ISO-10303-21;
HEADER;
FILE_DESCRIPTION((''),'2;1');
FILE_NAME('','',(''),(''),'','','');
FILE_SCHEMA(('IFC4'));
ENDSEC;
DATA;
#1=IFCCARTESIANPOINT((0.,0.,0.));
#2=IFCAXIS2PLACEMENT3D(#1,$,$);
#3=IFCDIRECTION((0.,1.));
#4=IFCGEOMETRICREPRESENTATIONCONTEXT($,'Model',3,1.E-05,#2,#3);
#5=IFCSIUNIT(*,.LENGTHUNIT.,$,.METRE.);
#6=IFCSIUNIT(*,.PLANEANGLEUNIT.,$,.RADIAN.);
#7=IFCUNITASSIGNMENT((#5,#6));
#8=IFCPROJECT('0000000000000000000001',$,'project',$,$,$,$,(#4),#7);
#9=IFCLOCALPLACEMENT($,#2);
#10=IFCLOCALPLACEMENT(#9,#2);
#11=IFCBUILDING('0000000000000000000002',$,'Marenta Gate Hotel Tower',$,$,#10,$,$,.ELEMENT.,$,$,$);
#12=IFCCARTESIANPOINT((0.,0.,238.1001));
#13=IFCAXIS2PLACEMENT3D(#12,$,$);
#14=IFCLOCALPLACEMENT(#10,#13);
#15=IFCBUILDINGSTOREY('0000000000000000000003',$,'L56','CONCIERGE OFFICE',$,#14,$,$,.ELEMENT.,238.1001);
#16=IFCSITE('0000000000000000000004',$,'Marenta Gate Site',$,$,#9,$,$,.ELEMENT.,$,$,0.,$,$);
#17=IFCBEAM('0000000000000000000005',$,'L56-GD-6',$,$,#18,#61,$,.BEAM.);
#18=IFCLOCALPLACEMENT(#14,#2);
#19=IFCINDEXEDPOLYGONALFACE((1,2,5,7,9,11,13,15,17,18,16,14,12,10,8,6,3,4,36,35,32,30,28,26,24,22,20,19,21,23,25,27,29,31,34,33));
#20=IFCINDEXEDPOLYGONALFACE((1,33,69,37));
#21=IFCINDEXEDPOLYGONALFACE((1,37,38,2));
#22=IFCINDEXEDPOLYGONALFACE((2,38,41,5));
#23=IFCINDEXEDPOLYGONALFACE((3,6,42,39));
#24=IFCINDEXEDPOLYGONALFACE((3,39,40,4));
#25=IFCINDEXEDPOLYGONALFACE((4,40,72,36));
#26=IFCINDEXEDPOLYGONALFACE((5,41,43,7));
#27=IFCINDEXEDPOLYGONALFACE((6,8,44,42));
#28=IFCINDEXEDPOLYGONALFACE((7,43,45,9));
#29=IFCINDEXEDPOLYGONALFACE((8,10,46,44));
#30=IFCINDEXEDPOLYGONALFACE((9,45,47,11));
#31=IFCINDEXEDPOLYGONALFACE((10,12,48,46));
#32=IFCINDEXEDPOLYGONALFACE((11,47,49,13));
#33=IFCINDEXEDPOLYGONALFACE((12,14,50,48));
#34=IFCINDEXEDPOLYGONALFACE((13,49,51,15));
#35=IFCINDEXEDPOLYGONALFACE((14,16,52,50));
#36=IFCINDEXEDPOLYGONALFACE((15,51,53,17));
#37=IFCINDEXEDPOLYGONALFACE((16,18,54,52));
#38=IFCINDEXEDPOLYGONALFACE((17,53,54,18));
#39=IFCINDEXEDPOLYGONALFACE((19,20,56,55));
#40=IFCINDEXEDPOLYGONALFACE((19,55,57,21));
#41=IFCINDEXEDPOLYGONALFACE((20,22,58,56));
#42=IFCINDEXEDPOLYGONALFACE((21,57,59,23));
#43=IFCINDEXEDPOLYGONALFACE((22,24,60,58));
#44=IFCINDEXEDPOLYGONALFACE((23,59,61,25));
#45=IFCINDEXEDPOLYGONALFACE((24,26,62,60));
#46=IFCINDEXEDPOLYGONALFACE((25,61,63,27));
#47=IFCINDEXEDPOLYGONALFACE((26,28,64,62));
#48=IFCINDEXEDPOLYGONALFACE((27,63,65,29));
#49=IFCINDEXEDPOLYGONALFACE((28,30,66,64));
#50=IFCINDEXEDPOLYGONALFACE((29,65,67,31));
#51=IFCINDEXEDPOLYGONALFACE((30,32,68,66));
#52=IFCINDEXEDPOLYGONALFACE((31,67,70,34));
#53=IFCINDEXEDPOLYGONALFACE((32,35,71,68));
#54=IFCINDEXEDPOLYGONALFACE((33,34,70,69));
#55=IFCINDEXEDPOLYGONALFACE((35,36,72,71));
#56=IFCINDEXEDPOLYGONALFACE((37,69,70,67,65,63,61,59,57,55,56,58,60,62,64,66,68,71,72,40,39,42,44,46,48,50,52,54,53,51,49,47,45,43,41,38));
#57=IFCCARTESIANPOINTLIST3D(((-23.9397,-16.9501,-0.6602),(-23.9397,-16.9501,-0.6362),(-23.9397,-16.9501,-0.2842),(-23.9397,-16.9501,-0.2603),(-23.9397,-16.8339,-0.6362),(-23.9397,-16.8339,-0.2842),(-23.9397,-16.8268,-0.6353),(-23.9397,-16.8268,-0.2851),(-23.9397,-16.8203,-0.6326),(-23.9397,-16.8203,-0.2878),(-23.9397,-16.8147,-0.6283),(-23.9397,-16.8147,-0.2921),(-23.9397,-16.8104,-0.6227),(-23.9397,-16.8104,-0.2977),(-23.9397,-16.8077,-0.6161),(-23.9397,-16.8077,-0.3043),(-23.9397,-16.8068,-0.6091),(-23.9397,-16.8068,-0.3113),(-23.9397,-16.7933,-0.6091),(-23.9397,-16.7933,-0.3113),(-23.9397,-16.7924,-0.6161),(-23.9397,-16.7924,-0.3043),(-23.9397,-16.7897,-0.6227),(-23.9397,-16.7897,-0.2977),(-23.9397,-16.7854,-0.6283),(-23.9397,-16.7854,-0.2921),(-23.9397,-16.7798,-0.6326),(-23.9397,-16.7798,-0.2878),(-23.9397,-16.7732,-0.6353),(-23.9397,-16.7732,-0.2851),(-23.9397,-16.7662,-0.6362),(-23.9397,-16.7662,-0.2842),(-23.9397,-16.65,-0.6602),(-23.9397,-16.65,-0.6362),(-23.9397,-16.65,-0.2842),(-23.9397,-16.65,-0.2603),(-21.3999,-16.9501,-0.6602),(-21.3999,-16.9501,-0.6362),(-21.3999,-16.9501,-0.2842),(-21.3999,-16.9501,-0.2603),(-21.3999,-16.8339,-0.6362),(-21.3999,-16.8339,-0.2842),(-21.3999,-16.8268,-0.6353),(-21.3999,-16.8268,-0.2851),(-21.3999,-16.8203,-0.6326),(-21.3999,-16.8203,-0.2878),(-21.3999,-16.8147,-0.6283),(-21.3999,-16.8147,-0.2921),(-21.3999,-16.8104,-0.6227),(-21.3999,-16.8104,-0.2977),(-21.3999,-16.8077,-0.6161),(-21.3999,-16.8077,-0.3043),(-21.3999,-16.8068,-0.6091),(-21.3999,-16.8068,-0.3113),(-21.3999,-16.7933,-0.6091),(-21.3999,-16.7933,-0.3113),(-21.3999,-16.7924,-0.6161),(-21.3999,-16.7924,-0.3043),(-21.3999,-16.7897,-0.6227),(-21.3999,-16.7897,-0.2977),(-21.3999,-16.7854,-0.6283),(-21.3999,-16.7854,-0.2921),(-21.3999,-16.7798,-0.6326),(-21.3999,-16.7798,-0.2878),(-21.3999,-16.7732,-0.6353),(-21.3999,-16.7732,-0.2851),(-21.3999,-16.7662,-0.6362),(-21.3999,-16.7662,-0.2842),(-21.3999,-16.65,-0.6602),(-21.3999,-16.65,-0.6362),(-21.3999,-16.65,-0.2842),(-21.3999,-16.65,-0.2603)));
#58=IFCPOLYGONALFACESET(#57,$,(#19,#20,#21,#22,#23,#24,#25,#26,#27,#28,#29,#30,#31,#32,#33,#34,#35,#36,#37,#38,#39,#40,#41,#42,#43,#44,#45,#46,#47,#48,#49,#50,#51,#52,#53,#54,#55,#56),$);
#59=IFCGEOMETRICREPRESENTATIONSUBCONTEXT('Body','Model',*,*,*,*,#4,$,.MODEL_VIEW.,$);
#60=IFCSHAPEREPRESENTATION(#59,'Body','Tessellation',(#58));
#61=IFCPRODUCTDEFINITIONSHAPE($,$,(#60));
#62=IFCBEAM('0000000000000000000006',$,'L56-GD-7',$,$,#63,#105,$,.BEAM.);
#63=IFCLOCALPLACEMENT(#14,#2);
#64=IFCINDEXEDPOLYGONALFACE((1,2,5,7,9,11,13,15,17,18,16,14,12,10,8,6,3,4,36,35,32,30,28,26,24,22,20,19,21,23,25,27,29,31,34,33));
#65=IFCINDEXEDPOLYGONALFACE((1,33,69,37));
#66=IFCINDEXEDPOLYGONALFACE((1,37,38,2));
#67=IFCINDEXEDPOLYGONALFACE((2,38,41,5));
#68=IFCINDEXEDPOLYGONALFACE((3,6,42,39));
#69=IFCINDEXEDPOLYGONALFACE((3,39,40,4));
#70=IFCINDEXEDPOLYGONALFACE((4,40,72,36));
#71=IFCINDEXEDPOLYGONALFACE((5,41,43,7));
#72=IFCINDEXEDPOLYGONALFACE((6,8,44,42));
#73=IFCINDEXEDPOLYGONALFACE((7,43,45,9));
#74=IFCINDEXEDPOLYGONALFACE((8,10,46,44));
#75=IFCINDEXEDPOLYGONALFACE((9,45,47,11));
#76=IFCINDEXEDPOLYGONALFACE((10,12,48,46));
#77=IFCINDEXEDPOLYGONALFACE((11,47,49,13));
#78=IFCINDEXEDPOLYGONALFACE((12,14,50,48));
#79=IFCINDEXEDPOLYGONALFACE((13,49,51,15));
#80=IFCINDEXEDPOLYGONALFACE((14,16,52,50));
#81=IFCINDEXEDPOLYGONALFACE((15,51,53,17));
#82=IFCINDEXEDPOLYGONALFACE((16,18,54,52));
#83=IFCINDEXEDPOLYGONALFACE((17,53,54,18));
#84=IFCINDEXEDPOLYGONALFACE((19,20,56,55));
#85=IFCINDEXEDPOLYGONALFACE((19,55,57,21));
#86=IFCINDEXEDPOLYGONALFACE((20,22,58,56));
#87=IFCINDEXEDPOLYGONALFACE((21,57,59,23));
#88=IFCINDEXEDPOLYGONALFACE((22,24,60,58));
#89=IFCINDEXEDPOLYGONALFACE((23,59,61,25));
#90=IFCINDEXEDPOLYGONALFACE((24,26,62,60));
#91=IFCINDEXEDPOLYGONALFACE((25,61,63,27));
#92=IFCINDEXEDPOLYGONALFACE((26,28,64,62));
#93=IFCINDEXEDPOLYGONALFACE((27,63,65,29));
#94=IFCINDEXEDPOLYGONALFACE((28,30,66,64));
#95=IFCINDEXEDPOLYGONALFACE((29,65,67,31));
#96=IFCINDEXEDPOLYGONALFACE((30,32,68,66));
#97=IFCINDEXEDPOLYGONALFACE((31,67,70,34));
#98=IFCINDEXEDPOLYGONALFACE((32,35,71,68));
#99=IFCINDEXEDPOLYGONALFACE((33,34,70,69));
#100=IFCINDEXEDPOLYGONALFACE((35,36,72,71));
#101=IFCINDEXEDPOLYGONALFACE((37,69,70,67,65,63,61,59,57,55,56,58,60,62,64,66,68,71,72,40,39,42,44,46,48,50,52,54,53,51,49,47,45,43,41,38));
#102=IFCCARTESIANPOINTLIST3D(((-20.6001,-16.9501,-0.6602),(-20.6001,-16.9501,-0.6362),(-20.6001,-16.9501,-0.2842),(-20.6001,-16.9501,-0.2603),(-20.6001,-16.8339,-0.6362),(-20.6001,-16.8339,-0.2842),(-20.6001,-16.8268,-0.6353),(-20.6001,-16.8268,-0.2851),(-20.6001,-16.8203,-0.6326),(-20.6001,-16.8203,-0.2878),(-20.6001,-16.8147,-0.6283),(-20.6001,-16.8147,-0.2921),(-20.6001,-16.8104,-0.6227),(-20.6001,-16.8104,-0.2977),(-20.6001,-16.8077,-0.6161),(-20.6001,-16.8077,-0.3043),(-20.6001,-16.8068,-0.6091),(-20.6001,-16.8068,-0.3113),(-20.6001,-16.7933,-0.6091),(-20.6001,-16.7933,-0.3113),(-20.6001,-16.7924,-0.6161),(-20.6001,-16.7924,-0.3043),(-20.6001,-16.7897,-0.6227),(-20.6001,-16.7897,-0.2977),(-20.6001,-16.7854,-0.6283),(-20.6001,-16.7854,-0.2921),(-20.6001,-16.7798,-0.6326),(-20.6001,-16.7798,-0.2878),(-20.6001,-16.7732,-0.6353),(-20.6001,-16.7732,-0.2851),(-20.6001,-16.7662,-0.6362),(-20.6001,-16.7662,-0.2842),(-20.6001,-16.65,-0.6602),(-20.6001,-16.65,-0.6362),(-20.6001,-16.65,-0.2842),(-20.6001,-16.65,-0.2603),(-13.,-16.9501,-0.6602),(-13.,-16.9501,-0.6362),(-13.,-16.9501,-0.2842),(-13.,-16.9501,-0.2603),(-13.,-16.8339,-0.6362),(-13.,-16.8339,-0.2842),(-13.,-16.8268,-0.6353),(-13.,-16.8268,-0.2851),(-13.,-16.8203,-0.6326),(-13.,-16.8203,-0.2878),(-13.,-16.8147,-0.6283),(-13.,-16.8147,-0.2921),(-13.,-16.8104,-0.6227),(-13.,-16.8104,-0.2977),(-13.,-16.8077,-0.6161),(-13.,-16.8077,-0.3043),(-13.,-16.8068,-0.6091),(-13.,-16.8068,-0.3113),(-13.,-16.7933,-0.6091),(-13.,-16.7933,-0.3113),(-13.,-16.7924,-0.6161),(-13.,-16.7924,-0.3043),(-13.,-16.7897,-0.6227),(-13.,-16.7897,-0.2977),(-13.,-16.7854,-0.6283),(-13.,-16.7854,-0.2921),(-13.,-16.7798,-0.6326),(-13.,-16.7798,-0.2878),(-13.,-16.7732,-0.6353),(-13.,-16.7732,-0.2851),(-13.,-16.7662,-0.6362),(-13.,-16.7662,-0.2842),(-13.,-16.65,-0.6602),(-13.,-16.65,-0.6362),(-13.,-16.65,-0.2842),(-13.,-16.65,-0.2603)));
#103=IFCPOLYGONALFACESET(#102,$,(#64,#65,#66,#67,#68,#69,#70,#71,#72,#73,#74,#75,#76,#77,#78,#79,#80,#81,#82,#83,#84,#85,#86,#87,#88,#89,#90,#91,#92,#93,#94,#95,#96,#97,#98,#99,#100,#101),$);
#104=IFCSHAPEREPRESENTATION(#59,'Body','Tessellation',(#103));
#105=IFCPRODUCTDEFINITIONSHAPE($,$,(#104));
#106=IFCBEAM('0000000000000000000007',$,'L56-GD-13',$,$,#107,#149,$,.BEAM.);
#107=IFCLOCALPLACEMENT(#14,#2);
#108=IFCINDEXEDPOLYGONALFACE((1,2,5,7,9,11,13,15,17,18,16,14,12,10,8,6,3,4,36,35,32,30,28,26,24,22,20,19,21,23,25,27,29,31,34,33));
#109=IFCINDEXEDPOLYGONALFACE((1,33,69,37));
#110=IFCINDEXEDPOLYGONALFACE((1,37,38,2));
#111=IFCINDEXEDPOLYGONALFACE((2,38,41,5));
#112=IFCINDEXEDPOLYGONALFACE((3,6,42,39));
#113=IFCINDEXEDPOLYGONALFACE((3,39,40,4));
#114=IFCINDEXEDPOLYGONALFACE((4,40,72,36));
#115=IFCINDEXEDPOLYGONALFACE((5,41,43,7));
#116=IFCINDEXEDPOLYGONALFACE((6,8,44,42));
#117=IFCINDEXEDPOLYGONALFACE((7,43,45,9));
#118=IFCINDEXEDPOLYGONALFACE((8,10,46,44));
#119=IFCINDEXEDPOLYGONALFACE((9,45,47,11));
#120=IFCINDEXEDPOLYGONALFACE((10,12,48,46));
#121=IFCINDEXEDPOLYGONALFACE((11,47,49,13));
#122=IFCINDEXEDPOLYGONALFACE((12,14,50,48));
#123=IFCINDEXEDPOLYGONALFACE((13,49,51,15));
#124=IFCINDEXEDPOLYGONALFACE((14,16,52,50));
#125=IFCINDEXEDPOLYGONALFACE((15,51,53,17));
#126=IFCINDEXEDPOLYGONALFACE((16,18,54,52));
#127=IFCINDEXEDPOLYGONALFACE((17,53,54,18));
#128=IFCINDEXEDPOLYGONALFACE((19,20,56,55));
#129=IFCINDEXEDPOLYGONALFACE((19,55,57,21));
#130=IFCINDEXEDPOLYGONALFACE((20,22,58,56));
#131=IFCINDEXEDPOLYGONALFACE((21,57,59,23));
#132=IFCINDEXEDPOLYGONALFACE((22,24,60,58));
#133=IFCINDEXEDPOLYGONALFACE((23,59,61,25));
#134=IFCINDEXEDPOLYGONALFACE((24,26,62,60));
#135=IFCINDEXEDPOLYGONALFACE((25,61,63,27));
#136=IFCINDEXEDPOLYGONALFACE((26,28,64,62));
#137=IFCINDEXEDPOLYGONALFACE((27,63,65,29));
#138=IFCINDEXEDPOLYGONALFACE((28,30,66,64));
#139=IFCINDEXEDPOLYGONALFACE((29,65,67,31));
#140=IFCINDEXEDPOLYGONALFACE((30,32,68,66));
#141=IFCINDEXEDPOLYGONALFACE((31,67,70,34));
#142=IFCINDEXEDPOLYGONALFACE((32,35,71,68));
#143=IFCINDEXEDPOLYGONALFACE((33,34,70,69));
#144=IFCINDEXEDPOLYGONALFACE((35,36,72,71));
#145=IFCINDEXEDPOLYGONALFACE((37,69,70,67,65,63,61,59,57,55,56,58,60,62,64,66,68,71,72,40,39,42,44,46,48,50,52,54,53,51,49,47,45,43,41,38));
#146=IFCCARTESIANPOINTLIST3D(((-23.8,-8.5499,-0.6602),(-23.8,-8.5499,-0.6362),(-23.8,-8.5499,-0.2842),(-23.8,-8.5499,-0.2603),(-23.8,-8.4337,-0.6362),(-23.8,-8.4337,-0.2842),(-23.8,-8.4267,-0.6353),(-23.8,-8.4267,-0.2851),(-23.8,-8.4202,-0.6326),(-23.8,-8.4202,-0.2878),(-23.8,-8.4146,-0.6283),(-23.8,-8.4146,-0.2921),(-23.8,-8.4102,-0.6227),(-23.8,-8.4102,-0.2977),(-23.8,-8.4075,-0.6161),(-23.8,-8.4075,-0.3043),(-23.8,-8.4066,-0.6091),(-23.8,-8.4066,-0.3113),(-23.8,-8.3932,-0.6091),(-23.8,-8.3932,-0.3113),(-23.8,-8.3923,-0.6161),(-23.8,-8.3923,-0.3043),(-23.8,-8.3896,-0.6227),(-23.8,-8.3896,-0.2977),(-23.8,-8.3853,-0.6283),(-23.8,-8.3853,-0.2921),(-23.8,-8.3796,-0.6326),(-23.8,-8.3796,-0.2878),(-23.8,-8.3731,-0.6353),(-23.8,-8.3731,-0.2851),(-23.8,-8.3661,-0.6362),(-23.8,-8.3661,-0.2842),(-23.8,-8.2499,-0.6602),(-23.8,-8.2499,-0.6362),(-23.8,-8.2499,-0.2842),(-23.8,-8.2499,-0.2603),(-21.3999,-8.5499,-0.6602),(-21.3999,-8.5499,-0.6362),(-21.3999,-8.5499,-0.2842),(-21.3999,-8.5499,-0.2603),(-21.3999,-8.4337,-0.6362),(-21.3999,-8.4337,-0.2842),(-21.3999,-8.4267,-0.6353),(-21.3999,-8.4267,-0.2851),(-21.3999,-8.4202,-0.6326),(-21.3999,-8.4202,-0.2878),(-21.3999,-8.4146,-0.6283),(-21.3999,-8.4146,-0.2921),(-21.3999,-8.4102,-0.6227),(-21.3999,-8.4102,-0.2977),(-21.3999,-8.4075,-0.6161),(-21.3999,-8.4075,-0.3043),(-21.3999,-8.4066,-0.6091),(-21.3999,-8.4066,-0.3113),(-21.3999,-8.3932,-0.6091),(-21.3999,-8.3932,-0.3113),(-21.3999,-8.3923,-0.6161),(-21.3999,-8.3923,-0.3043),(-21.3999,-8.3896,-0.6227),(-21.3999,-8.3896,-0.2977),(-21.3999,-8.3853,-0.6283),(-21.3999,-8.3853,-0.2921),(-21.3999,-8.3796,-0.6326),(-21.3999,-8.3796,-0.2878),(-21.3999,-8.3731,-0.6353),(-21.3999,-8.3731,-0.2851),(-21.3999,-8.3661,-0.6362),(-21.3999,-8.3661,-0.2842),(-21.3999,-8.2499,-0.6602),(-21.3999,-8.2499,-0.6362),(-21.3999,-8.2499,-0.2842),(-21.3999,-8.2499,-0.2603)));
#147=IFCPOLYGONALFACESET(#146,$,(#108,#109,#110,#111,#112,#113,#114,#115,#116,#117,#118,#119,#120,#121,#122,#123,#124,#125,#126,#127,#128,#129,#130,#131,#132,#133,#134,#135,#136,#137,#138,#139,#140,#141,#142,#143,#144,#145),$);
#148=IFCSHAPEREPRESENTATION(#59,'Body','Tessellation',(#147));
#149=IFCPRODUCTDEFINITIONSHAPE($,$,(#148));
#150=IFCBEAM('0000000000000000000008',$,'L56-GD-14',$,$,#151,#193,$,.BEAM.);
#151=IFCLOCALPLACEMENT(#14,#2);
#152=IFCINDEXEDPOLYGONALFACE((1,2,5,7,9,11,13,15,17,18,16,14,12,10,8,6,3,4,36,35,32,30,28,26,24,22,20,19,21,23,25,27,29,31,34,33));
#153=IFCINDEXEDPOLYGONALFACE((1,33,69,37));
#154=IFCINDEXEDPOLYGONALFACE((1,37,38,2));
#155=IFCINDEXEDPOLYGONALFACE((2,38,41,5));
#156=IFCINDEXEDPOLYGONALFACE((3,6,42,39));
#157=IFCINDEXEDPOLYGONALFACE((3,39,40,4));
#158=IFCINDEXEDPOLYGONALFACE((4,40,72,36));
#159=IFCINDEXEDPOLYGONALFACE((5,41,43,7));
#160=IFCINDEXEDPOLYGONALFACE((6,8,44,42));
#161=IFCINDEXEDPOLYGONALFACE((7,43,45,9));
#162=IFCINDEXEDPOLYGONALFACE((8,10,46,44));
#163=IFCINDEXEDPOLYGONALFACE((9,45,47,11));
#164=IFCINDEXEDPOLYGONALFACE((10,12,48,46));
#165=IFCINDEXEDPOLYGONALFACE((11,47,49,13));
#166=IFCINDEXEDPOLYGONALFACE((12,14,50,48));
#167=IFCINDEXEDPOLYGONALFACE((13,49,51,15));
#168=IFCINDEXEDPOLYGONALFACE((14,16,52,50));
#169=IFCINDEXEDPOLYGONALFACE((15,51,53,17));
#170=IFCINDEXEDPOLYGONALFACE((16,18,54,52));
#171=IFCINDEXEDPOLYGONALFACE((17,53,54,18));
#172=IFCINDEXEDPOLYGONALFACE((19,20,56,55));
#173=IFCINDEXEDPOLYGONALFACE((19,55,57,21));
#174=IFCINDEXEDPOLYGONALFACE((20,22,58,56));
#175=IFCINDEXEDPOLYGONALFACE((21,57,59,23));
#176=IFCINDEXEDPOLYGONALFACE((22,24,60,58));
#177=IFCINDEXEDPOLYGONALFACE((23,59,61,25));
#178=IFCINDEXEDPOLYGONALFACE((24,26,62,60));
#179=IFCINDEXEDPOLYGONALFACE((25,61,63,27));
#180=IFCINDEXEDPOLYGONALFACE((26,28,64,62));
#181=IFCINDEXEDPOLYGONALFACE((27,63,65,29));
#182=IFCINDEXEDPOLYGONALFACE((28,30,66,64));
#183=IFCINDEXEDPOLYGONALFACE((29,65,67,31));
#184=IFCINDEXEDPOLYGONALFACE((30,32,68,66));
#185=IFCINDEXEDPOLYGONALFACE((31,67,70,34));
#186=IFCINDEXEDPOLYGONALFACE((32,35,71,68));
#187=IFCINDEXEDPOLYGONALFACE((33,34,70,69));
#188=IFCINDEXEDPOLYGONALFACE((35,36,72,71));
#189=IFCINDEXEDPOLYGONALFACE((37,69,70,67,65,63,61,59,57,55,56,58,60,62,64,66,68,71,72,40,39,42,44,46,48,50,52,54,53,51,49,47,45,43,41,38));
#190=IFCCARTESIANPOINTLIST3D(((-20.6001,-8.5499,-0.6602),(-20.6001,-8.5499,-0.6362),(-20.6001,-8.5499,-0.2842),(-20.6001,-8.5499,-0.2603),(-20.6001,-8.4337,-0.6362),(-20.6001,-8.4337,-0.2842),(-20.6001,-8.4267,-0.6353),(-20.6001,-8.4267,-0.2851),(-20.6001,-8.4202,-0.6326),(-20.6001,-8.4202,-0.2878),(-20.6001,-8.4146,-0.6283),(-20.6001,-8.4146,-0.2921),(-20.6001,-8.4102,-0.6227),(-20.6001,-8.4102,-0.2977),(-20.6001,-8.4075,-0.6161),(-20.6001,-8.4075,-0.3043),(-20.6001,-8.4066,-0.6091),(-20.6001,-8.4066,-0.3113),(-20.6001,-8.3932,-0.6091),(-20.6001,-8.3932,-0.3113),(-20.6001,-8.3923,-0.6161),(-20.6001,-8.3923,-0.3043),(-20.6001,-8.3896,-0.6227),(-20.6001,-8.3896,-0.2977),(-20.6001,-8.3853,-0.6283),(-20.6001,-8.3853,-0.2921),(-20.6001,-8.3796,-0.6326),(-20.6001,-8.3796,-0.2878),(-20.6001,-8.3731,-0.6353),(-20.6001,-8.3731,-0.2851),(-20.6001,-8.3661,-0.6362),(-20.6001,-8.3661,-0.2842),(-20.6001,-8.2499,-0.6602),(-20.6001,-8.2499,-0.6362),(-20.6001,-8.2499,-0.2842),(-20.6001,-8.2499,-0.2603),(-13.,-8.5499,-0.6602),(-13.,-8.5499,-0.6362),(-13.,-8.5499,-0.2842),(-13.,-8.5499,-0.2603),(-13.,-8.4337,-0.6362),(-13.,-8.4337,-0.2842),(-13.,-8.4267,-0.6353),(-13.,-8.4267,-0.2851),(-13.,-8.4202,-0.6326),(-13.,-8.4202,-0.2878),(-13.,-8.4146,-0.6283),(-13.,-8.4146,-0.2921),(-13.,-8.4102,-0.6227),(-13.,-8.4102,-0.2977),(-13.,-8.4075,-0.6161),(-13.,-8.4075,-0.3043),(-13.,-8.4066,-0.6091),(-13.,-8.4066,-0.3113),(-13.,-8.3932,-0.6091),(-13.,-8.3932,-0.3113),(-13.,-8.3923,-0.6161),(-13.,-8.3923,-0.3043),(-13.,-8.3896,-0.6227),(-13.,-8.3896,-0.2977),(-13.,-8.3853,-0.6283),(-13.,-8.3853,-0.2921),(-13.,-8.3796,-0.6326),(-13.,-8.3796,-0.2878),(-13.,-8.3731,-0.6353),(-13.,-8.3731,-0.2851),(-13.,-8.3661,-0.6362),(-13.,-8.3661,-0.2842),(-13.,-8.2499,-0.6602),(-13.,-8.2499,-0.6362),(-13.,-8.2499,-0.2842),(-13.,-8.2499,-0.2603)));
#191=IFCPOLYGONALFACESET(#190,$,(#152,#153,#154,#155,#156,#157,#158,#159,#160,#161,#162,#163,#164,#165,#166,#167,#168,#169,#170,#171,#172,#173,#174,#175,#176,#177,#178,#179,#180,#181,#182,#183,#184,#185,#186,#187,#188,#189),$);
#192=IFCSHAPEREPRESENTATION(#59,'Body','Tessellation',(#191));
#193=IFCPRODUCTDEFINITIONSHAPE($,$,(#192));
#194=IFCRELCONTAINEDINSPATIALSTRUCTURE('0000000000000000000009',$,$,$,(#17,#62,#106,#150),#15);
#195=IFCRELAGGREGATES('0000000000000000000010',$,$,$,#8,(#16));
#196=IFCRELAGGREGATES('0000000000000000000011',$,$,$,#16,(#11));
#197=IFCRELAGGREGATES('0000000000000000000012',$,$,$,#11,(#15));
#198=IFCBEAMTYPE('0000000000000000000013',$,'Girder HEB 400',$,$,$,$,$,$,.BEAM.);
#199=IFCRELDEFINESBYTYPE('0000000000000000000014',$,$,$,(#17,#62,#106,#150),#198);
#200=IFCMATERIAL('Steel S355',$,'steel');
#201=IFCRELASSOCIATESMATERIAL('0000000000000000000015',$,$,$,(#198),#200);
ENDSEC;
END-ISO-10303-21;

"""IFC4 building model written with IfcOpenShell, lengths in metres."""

from ifc_helpers import new_model, si_unit, direction, frame, origin, origin_2d, place, context, subcontext, project, spatial, i_section, extrude, material, material_profile, profile_set, type_object, element, save


model = new_model("IFC4")

# Units and contexts
model_context = context("Model", 3, precision=1e-05, world=origin(), true_north=direction((0.0, 1.0)))
body_context = subcontext(model_context, "Body", "Model", "MODEL_VIEW")
ifc_project = project(units=[si_unit("LENGTHUNIT", "METRE"), si_unit("PLANEANGLEUNIT", "RADIAN")], contexts=[model_context])

# Site, building, storey
site_placement = place(None, origin())
site = spatial("IfcSite", under=ifc_project, at=site_placement, Name="Marenta Gate Site", CompositionType="ELEMENT", RefElevation=0.0)
building_placement = place(site_placement, origin())
building = spatial("IfcBuilding", under=site, at=building_placement, Name="Marenta Gate Hotel Tower", CompositionType="ELEMENT")
storey_placement = place(building_placement, frame((0.0, 0.0, 238.1001)))
storey = spatial("IfcBuildingStorey", under=building, at=storey_placement, Name="L56", Description="CONCIERGE OFFICE", CompositionType="ELEMENT", Elevation=238.1001)

# Beams
ifc_material_1 = material(Name="Steel S355", Category="steel")
ifc_material_profile_1 = material_profile(ifc_material_1, i_section(OverallWidth=0.3, OverallDepth=0.3999, WebThickness=0.0134, FlangeThickness=0.0239, FilletRadius=0.0271, at=origin_2d()), Name="HEB 400")
ifc_profile_set_1 = profile_set([ifc_material_profile_1], Name="Steel S355")
beam_type_1 = type_object("IfcBeamType", Name="Girder HEB 400", PredefinedType="BEAM", material=ifc_profile_set_1)
beam_1_placement = place(storey_placement, frame((-23.9397, -16.8, -0.4602), z_axis=(1.0, 0.0, 0.0), x_axis=(0.0, 1.0, 0.0)))
element("IfcBeam", 1, at=beam_1_placement, inside=storey, type_object=beam_type_1, Name="L56-GD-6", PredefinedType="BEAM", context=body_context, shape_type="SweptSolid", body=[
    extrude(i_section(OverallWidth=0.3, OverallDepth=0.3999, WebThickness=0.0134, FlangeThickness=0.0239, FilletRadius=0.0271, at=origin_2d()), origin(), (0.0, 0.0, 1.0), 2.5398),
])
beam_2_placement = place(storey_placement, frame((-20.6001, -16.8, -0.4602), z_axis=(1.0, 0.0, 0.0), x_axis=(0.0, 1.0, 0.0)))
element("IfcBeam", 2, at=beam_2_placement, inside=storey, type_object=beam_type_1, Name="L56-GD-7", PredefinedType="BEAM", context=body_context, shape_type="SweptSolid", body=[
    extrude(i_section(OverallWidth=0.3, OverallDepth=0.3999, WebThickness=0.0134, FlangeThickness=0.0239, FilletRadius=0.0271, at=origin_2d()), origin(), (0.0, 0.0, 1.0), 7.6001),
])
beam_3_placement = place(storey_placement, frame((-23.8, -8.3999, -0.4602), z_axis=(1.0, 0.0, 0.0), x_axis=(0.0, 1.0, 0.0)))
element("IfcBeam", 3, at=beam_3_placement, inside=storey, type_object=beam_type_1, Name="L56-GD-13", PredefinedType="BEAM", context=body_context, shape_type="SweptSolid", body=[
    extrude(i_section(OverallWidth=0.3, OverallDepth=0.3999, WebThickness=0.0134, FlangeThickness=0.0239, FilletRadius=0.0271, at=origin_2d()), origin(), (0.0, 0.0, 1.0), 2.4001),
])
beam_4_placement = place(storey_placement, frame((-20.6001, -8.3999, -0.4602), z_axis=(1.0, 0.0, 0.0), x_axis=(0.0, 1.0, 0.0)))
element("IfcBeam", 4, at=beam_4_placement, inside=storey, type_object=beam_type_1, Name="L56-GD-14", PredefinedType="BEAM", context=body_context, shape_type="SweptSolid", body=[
    extrude(i_section(OverallWidth=0.3, OverallDepth=0.3999, WebThickness=0.0134, FlangeThickness=0.0239, FilletRadius=0.0271, at=origin_2d()), origin(), (0.0, 0.0, 1.0), 7.6001),
])

save(model, "model.ifc")
